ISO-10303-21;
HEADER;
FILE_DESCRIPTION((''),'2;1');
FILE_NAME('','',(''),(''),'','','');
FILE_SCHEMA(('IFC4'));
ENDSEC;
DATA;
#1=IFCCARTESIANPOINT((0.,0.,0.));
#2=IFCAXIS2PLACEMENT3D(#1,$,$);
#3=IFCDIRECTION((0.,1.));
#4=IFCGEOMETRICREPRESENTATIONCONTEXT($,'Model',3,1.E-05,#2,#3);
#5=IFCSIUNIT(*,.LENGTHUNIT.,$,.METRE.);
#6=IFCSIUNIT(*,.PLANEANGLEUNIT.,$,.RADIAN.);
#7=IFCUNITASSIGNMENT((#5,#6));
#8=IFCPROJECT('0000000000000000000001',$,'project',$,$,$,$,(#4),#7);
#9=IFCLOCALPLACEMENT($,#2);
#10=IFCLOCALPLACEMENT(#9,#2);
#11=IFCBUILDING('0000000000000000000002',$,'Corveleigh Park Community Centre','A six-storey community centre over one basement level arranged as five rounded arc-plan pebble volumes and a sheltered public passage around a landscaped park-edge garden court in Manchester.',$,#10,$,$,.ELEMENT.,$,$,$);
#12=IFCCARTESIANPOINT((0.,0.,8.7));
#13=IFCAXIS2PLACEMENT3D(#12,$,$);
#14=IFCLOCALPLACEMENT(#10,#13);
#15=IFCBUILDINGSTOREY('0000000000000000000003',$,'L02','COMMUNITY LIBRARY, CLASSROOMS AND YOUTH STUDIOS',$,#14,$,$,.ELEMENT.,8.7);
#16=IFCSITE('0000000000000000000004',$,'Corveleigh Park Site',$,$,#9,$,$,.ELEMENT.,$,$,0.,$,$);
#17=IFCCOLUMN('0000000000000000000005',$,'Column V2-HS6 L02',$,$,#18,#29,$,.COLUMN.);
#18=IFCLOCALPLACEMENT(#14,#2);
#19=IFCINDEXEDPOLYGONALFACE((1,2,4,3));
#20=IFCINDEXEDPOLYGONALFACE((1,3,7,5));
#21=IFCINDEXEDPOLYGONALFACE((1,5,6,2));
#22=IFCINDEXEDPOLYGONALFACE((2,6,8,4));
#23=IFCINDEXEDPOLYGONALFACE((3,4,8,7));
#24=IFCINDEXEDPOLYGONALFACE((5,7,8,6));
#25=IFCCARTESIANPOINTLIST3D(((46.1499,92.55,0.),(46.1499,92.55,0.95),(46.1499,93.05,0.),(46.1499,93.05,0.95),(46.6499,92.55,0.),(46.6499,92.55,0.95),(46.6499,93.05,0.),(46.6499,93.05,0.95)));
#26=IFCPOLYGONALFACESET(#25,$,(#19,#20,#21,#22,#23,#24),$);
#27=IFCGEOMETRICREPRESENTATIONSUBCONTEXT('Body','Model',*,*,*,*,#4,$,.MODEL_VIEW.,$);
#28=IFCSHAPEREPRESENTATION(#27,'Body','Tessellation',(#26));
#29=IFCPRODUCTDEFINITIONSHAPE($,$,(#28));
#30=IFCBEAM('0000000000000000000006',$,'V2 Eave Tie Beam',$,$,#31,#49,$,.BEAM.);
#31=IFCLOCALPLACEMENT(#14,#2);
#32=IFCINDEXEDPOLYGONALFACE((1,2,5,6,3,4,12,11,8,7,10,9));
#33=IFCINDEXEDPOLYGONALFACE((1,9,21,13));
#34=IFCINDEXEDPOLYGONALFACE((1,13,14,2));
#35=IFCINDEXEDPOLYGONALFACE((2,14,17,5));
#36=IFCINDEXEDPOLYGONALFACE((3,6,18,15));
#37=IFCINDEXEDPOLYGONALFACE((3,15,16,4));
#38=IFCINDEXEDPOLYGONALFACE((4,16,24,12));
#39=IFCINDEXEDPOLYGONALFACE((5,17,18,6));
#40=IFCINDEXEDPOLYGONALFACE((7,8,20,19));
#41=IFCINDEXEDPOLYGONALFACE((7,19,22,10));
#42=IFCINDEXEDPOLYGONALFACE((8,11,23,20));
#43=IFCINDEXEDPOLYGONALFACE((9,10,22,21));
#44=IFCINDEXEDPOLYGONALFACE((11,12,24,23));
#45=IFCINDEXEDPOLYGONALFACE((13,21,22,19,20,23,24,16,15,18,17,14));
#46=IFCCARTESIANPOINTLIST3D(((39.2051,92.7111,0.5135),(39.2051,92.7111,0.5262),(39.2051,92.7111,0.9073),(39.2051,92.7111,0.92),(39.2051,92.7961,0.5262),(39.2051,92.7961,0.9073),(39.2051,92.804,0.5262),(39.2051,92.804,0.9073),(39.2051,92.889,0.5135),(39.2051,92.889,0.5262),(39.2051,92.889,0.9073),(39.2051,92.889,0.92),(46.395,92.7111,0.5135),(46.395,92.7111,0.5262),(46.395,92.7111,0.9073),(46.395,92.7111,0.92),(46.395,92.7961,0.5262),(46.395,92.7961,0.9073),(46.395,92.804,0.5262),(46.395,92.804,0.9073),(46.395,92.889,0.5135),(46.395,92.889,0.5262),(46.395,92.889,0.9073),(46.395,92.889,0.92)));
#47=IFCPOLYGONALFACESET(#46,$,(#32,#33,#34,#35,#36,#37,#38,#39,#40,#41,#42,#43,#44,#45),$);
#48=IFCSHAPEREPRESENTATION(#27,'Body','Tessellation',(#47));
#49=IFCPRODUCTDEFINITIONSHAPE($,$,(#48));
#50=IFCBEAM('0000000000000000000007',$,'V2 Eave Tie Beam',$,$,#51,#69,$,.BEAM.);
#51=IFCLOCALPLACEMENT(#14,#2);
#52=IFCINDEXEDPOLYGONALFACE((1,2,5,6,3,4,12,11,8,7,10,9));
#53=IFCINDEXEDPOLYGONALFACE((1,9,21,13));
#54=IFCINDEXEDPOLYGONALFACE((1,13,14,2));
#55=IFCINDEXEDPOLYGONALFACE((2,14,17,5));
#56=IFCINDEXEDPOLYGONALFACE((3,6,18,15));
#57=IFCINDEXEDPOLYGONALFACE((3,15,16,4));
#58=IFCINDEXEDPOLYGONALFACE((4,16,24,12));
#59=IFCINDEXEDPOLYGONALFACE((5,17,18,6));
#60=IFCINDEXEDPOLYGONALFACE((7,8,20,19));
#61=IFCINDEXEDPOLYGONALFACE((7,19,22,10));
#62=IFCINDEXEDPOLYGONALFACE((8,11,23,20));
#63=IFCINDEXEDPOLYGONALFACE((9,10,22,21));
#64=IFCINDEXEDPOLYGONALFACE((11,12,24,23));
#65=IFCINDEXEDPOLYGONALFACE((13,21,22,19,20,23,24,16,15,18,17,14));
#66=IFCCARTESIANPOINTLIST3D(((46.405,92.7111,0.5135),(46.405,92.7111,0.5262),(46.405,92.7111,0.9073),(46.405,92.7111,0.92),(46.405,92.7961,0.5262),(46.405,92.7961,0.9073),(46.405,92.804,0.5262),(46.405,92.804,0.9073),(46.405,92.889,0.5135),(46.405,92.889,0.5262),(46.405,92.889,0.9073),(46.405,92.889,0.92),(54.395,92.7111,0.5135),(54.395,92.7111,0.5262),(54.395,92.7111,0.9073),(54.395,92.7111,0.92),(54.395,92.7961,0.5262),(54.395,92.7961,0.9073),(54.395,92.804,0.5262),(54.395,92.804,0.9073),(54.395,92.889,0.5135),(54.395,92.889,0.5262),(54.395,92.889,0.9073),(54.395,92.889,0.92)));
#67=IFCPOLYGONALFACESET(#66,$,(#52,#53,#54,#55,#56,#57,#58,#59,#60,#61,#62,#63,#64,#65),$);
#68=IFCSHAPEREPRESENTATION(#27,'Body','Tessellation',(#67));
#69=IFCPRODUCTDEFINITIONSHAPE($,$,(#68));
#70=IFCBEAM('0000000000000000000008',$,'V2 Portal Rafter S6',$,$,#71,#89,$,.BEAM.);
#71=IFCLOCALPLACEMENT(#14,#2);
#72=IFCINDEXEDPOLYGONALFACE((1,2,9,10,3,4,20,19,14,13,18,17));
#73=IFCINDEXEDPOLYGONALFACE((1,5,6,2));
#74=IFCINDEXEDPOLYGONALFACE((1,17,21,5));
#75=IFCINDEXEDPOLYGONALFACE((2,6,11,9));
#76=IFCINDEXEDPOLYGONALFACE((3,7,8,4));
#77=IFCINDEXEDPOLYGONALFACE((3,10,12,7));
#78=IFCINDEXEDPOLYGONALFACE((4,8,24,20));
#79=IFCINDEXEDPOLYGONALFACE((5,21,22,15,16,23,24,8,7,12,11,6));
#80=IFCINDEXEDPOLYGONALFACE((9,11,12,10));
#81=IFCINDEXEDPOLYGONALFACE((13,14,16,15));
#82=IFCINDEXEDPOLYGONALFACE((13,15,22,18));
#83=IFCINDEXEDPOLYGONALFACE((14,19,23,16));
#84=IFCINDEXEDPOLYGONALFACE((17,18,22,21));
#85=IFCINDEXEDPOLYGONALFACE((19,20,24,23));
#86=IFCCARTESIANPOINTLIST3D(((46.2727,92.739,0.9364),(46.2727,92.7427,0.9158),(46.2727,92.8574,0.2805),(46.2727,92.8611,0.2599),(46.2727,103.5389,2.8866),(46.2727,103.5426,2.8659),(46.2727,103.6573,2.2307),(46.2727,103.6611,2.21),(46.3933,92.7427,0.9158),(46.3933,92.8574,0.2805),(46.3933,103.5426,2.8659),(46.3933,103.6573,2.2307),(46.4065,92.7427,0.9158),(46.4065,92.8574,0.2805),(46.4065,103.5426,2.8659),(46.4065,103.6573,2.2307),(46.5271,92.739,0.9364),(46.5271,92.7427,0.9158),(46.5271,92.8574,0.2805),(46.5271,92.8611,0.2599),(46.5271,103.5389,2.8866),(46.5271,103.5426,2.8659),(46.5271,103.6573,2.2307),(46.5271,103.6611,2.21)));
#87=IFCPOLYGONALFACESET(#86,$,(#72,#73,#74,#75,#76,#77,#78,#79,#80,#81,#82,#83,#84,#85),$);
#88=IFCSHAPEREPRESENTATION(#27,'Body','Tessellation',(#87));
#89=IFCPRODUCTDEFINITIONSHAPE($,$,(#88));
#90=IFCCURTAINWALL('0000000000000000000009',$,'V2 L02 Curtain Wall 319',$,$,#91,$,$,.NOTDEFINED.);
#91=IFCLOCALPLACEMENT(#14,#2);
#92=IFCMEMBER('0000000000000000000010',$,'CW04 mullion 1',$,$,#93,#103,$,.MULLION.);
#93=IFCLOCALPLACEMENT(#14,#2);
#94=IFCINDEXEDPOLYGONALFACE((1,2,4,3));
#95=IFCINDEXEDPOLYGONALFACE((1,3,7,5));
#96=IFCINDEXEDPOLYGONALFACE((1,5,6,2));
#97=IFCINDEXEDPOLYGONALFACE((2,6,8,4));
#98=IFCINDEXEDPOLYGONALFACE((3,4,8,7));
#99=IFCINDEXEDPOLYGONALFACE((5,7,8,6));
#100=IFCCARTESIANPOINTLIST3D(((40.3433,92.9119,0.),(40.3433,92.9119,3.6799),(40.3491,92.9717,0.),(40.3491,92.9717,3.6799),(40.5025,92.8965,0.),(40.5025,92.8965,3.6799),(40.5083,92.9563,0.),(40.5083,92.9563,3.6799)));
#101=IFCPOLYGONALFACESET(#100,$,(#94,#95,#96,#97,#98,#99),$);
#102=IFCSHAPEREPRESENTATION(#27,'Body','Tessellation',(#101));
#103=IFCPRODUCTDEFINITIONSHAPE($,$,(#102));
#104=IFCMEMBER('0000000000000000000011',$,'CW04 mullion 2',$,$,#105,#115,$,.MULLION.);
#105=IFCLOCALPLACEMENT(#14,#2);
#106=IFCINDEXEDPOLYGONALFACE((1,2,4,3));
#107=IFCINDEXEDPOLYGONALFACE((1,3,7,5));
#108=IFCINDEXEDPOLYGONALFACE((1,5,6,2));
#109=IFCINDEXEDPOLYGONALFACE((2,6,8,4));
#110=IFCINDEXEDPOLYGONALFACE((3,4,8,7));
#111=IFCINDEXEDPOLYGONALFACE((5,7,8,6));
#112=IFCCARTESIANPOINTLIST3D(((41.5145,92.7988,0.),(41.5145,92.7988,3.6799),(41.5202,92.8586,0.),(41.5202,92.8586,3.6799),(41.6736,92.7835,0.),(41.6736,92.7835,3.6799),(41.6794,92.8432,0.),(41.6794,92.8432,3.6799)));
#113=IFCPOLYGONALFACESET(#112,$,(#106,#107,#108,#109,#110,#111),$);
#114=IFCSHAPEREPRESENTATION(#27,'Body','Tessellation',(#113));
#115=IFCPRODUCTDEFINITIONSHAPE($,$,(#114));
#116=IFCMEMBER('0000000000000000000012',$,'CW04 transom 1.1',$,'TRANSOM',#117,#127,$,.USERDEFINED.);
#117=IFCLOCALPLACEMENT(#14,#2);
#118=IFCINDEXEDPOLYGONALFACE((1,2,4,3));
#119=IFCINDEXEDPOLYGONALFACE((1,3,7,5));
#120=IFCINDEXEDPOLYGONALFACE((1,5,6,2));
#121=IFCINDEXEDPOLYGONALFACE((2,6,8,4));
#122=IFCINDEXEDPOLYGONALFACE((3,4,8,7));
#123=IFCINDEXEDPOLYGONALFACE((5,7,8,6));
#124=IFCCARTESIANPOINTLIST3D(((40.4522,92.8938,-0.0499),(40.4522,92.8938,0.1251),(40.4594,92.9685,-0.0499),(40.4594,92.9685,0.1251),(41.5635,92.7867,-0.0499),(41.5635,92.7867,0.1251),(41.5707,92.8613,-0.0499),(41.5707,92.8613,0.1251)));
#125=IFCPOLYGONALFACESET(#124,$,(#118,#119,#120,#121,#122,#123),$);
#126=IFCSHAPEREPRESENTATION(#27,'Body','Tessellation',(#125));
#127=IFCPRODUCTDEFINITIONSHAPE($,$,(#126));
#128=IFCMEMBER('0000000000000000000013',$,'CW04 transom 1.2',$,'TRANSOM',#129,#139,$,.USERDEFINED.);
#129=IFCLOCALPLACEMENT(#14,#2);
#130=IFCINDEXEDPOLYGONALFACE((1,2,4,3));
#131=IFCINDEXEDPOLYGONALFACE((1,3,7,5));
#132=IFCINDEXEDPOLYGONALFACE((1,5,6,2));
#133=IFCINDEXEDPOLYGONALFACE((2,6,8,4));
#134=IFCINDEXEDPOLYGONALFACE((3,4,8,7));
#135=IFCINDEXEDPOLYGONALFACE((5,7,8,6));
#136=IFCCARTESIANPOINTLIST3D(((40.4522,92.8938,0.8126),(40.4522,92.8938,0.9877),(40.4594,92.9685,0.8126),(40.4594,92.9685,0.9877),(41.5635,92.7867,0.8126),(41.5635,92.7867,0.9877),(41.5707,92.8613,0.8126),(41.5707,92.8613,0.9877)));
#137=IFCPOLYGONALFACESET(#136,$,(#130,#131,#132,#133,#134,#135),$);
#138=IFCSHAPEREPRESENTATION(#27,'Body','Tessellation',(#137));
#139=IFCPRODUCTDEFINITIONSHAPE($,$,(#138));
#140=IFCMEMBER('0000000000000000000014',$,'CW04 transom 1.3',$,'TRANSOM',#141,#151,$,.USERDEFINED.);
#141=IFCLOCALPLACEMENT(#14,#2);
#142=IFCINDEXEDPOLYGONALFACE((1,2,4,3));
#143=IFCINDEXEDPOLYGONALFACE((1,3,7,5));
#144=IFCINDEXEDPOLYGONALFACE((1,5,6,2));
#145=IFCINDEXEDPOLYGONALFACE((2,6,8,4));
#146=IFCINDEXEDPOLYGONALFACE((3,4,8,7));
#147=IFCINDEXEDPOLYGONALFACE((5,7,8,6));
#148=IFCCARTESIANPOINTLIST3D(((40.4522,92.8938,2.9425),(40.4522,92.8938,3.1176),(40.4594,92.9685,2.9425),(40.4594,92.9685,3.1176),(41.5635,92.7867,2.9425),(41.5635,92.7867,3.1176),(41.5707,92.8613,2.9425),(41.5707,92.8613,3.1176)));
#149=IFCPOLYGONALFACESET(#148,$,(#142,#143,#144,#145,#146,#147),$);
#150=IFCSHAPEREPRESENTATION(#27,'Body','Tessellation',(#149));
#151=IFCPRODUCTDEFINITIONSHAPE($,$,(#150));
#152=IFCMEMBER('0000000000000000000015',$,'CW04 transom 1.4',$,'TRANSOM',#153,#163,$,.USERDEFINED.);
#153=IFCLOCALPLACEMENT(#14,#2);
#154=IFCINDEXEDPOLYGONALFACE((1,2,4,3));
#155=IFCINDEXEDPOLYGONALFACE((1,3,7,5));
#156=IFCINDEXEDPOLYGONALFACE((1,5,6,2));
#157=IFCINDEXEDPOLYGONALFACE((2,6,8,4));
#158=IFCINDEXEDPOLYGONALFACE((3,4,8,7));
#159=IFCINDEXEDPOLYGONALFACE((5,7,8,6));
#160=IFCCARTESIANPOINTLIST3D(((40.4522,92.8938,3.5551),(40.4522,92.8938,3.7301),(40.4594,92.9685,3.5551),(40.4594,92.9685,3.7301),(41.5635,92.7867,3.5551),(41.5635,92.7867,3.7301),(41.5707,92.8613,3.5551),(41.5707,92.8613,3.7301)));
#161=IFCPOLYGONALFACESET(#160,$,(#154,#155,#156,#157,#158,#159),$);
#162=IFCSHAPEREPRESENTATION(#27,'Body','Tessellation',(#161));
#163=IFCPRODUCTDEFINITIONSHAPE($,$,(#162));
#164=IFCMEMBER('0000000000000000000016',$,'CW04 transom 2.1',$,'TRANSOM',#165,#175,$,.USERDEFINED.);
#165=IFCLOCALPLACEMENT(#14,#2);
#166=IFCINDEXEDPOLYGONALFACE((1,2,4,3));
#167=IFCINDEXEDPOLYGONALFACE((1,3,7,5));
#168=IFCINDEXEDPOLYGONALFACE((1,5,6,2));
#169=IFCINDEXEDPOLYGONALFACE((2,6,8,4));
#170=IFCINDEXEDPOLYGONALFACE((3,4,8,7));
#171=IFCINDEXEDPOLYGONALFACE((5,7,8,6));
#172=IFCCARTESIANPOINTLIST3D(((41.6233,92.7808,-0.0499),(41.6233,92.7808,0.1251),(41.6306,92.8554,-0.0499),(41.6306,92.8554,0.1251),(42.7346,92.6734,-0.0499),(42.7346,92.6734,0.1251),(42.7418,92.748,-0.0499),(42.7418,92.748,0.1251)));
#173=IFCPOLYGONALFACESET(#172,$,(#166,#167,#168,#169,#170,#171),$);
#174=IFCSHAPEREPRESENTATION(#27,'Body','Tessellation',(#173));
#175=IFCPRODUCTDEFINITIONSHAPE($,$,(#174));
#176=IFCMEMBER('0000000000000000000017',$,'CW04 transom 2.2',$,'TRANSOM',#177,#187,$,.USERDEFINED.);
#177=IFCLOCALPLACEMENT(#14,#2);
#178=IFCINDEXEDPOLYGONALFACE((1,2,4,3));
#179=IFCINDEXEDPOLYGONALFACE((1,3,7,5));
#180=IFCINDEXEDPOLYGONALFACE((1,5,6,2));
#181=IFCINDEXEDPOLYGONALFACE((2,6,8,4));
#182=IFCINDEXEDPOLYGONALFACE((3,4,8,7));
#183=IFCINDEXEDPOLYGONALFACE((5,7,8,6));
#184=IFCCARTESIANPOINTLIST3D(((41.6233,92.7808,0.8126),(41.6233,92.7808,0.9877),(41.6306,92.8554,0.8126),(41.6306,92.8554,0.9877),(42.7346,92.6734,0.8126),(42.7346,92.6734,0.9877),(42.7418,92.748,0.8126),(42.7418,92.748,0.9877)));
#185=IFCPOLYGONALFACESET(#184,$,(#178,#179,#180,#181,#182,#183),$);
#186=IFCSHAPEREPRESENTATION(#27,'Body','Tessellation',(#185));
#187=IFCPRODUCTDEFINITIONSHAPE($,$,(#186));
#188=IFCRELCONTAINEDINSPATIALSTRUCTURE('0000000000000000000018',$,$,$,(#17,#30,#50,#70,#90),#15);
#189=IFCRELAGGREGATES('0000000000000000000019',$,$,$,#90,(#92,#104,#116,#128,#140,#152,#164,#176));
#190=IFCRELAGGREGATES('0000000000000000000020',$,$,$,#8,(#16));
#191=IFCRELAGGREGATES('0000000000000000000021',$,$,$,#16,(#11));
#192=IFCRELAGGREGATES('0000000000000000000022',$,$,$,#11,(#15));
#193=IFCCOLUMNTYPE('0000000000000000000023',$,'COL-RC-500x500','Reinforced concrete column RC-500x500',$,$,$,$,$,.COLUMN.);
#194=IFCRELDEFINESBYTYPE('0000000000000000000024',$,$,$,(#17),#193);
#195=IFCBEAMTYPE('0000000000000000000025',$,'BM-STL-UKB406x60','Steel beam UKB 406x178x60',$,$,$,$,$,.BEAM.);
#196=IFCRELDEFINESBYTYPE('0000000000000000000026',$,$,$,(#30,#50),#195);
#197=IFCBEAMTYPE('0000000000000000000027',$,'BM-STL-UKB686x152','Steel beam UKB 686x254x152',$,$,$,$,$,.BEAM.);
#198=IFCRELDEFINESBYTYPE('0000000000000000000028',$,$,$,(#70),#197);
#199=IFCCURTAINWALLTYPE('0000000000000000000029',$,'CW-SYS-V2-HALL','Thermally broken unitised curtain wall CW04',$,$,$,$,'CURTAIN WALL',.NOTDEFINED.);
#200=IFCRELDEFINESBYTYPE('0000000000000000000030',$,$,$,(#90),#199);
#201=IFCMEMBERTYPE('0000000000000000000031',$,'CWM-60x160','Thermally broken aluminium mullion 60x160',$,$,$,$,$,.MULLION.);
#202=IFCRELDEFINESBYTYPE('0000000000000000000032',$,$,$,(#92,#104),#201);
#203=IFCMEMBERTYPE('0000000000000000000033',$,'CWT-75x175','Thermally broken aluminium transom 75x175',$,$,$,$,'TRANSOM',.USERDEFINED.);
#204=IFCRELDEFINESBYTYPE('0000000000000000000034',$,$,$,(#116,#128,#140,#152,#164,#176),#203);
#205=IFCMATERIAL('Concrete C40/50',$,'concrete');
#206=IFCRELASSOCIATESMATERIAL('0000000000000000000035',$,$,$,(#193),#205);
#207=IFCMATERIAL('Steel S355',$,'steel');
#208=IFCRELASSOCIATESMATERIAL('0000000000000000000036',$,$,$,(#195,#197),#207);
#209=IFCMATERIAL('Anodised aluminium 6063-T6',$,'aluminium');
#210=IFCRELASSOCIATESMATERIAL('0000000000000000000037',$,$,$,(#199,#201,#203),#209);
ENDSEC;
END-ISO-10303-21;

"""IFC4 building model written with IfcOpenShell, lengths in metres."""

from ifc_helpers import new_model, si_unit, direction, frame, origin, origin_2d, place, context, subcontext, project, spatial, rectangle, i_section, extrude, material, material_profile, profile_set, type_object, element, aggregate, save


model = new_model("IFC4")

# Units and contexts
model_context = context("Model", 3, precision=1e-05, world=origin(), true_north=direction((0.0, 1.0)))
body_context = subcontext(model_context, "Body", "Model", "MODEL_VIEW")
ifc_project = project(units=[si_unit("LENGTHUNIT", "METRE"), si_unit("PLANEANGLEUNIT", "RADIAN")], contexts=[model_context])

# Site, building, storey
site_placement = place(None, origin())
site = spatial("IfcSite", under=ifc_project, at=site_placement, Name="Corveleigh Park Site", CompositionType="ELEMENT", RefElevation=0.0)
building_placement = place(site_placement, origin())
building = spatial("IfcBuilding", under=site, at=building_placement, Name="Corveleigh Park Community Centre", Description="A six-storey community centre over one basement level arranged as five rounded arc-plan pebble volumes and a sheltered public passage around a landscaped park-edge garden court in Manchester.", CompositionType="ELEMENT")
storey_placement = place(building_placement, frame((0.0, 0.0, 8.7)))
storey = spatial("IfcBuildingStorey", under=building, at=storey_placement, Name="L02", Description="COMMUNITY LIBRARY, CLASSROOMS AND YOUTH STUDIOS", CompositionType="ELEMENT", Elevation=8.7)

# Column
ifc_material_1 = material(Name="Concrete C40/50", Category="concrete")
ifc_material_profile_1 = material_profile(ifc_material_1, rectangle(XDim=0.5, YDim=0.5, at=origin_2d()), Name="RC-500x500", Category="concrete")
ifc_profile_set_1 = profile_set([ifc_material_profile_1], Name="Concrete C40/50")
column_type = type_object("IfcColumnType", Name="COL-RC-500x500", Description="Reinforced concrete column RC-500x500", PredefinedType="COLUMN", material=ifc_profile_set_1)
column_placement = place(storey_placement, frame((46.3999, 92.8, 0.0), z_axis=(0.0, 0.0, 1.0), x_axis=(1.0, 0.0, 0.0)))
element("IfcColumn", 1, at=column_placement, inside=storey, type_object=column_type, Name="Column V2-HS6 L02", PredefinedType="COLUMN", context=body_context, shape_type="SweptSolid", body=[
    extrude(rectangle(XDim=0.5, YDim=0.5, at=origin_2d()), origin(), (0.0, 0.0, 1.0), 0.95),
])

# Beams
ifc_material_2 = material(Name="Steel S355", Category="steel")
ifc_material_profile_2 = material_profile(ifc_material_2, i_section(OverallWidth=0.178, OverallDepth=0.4065, WebThickness=0.0078, FlangeThickness=0.0127, at=origin_2d()), Name="UKB 406x178x60", Category="steel")
ifc_profile_set_2 = profile_set([ifc_material_profile_2], Name="Steel S355")
beam_type_1 = type_object("IfcBeamType", Name="BM-STL-UKB406x60", Description="Steel beam UKB 406x178x60", PredefinedType="BEAM", material=ifc_profile_set_2)
beam_1_placement = place(storey_placement, frame((39.2051, 92.8, 0.7168), z_axis=(1.0, 0.0, 0.0), x_axis=(0.0, 1.0, 0.0)))
element("IfcBeam", 2, at=beam_1_placement, inside=storey, type_object=beam_type_1, Name="V2 Eave Tie Beam", PredefinedType="BEAM", context=body_context, shape_type="SweptSolid", body=[
    extrude(i_section(OverallWidth=0.178, OverallDepth=0.4065, WebThickness=0.0078, FlangeThickness=0.0127, at=origin_2d()), origin(), (0.0, 0.0, 1.0), 7.1899),
])
beam_2_placement = place(storey_placement, frame((46.405, 92.8, 0.7168), z_axis=(1.0, 0.0, 0.0), x_axis=(0.0, 1.0, 0.0)))
element("IfcBeam", 3, at=beam_2_placement, inside=storey, type_object=beam_type_1, Name="V2 Eave Tie Beam", PredefinedType="BEAM", context=body_context, shape_type="SweptSolid", body=[
    extrude(i_section(OverallWidth=0.178, OverallDepth=0.4065, WebThickness=0.0078, FlangeThickness=0.0127, at=origin_2d()), origin(), (0.0, 0.0, 1.0), 7.99),
])
ifc_material_profile_3 = material_profile(ifc_material_2, i_section(OverallWidth=0.2544, OverallDepth=0.6875, WebThickness=0.0132, FlangeThickness=0.021, at=origin_2d()), Name="UKB 686x254x152", Category="steel")
ifc_profile_set_3 = profile_set([ifc_material_profile_3], Name="Steel S355")
beam_type_2 = type_object("IfcBeamType", Name="BM-STL-UKB686x152", Description="Steel beam UKB 686x254x152", PredefinedType="BEAM", material=ifc_profile_set_3)
beam_3_placement = place(storey_placement, frame((46.3999, 92.8, 0.5981), z_axis=(0.0, 0.984085, 0.177699), x_axis=(-1.0, 0.0, 0.0)))
element("IfcBeam", 4, at=beam_3_placement, inside=storey, type_object=beam_type_2, Name="V2 Portal Rafter S6", PredefinedType="BEAM", context=body_context, shape_type="SweptSolid", body=[
    extrude(i_section(OverallWidth=0.2544, OverallDepth=0.6875, WebThickness=0.0132, FlangeThickness=0.021, at=origin_2d()), origin(), (0.0, 0.0, 1.0), 10.9746),
])

# Curtain wall, members
ifc_material_3 = material(Name="Anodised aluminium 6063-T6", Category="aluminium")
curtain_wall_type = type_object("IfcCurtainWallType", Name="CW-SYS-V2-HALL", Description="Thermally broken unitised curtain wall CW04", ElementType="CURTAIN WALL", PredefinedType="NOTDEFINED", material=ifc_material_3)
curtain_wall_placement = place(storey_placement, origin())
curtain_wall = element("IfcCurtainWall", 5, at=curtain_wall_placement, inside=storey, type_object=curtain_wall_type, Name="V2 L02 Curtain Wall 319", PredefinedType="NOTDEFINED")
ifc_material_profile_4 = material_profile(ifc_material_3, rectangle(XDim=0.0601, YDim=0.1599, at=origin_2d()), Name="ALU-M60x160", Category="aluminium")
ifc_profile_set_4 = profile_set([ifc_material_profile_4], Name="Anodised aluminium 6063-T6")
member_type_1 = type_object("IfcMemberType", Name="CWM-60x160", Description="Thermally broken aluminium mullion 60x160", PredefinedType="MULLION", material=ifc_profile_set_4)
member_1_placement = place(storey_placement, frame((40.4258, 92.9341, 0.0), z_axis=(0.0, 0.0, 1.0), x_axis=(0.096139, 0.995368, 0.0)))
member_1 = element("IfcMember", 6, at=member_1_placement, type_object=member_type_1, Name="CW04 mullion 1", PredefinedType="MULLION", context=body_context, shape_type="SweptSolid", body=[
    extrude(rectangle(XDim=0.0601, YDim=0.1599, at=origin_2d()), origin(), (0.0, 0.0, 1.0), 3.6799),
])
member_2_placement = place(storey_placement, frame((41.5969, 92.821, 0.0), z_axis=(0.0, 0.0, 1.0), x_axis=(0.096139, 0.995368, 0.0)))
member_2 = element("IfcMember", 7, at=member_2_placement, type_object=member_type_1, Name="CW04 mullion 2", PredefinedType="MULLION", context=body_context, shape_type="SweptSolid", body=[
    extrude(rectangle(XDim=0.0601, YDim=0.1599, at=origin_2d()), origin(), (0.0, 0.0, 1.0), 3.6799),
])
ifc_material_profile_5 = material_profile(ifc_material_3, rectangle(XDim=0.075, YDim=0.175, at=origin_2d()), Name="ALU-T75x175", Category="aluminium")
ifc_profile_set_5 = profile_set([ifc_material_profile_5], Name="Anodised aluminium 6063-T6")
member_type_2 = type_object("IfcMemberType", Name="CWT-75x175", Description="Thermally broken aluminium transom 75x175", ElementType="TRANSOM", PredefinedType="USERDEFINED", material=ifc_profile_set_5)
member_3_placement = place(storey_placement, frame((40.4558, 92.9312, 0.0376), z_axis=(0.995382, -0.095996, 0.0), x_axis=(0.095996, 0.995382, 0.0)))
member_3 = element("IfcMember", 8, at=member_3_placement, type_object=member_type_2, Name="CW04 transom 1.1", ObjectType="TRANSOM", PredefinedType="USERDEFINED", context=body_context, shape_type="SweptSolid", body=[
    extrude(rectangle(XDim=0.075, YDim=0.175, at=origin_2d()), origin(), (0.0, 0.0, 1.0), 1.1165),
])
member_4_placement = place(storey_placement, frame((40.4558, 92.9312, 0.9001), z_axis=(0.995382, -0.095996, 0.0), x_axis=(0.095996, 0.995382, 0.0)))
member_4 = element("IfcMember", 9, at=member_4_placement, type_object=member_type_2, Name="CW04 transom 1.2", ObjectType="TRANSOM", PredefinedType="USERDEFINED", context=body_context, shape_type="SweptSolid", body=[
    extrude(rectangle(XDim=0.075, YDim=0.175, at=origin_2d()), origin(), (0.0, 0.0, 1.0), 1.1165),
])
member_5_placement = place(storey_placement, frame((40.4558, 92.9312, 3.03), z_axis=(0.995382, -0.095996, 0.0), x_axis=(0.095996, 0.995382, 0.0)))
member_5 = element("IfcMember", 10, at=member_5_placement, type_object=member_type_2, Name="CW04 transom 1.3", ObjectType="TRANSOM", PredefinedType="USERDEFINED", context=body_context, shape_type="SweptSolid", body=[
    extrude(rectangle(XDim=0.075, YDim=0.175, at=origin_2d()), origin(), (0.0, 0.0, 1.0), 1.1165),
])
member_6_placement = place(storey_placement, frame((40.4558, 92.9312, 3.6426), z_axis=(0.995382, -0.095996, 0.0), x_axis=(0.095996, 0.995382, 0.0)))
member_6 = element("IfcMember", 11, at=member_6_placement, type_object=member_type_2, Name="CW04 transom 1.4", ObjectType="TRANSOM", PredefinedType="USERDEFINED", context=body_context, shape_type="SweptSolid", body=[
    extrude(rectangle(XDim=0.075, YDim=0.175, at=origin_2d()), origin(), (0.0, 0.0, 1.0), 1.1165),
])
member_7_placement = place(storey_placement, frame((41.627, 92.8181, 0.0376), z_axis=(0.995361, -0.096212, 0.0), x_axis=(0.096212, 0.995361, 0.0)))
member_7 = element("IfcMember", 12, at=member_7_placement, type_object=member_type_2, Name="CW04 transom 2.1", ObjectType="TRANSOM", PredefinedType="USERDEFINED", context=body_context, shape_type="SweptSolid", body=[
    extrude(rectangle(XDim=0.075, YDim=0.175, at=origin_2d()), origin(), (0.0, 0.0, 1.0), 1.1165),
])
member_8_placement = place(storey_placement, frame((41.627, 92.8181, 0.9001), z_axis=(0.995361, -0.096212, 0.0), x_axis=(0.096212, 0.995361, 0.0)))
member_8 = element("IfcMember", 13, at=member_8_placement, type_object=member_type_2, Name="CW04 transom 2.2", ObjectType="TRANSOM", PredefinedType="USERDEFINED", context=body_context, shape_type="SweptSolid", body=[
    extrude(rectangle(XDim=0.075, YDim=0.175, at=origin_2d()), origin(), (0.0, 0.0, 1.0), 1.1165),
])

aggregate(curtain_wall, [member_1, member_2, member_3, member_4, member_5, member_6, member_7, member_8])

save(model, "model.ifc")
